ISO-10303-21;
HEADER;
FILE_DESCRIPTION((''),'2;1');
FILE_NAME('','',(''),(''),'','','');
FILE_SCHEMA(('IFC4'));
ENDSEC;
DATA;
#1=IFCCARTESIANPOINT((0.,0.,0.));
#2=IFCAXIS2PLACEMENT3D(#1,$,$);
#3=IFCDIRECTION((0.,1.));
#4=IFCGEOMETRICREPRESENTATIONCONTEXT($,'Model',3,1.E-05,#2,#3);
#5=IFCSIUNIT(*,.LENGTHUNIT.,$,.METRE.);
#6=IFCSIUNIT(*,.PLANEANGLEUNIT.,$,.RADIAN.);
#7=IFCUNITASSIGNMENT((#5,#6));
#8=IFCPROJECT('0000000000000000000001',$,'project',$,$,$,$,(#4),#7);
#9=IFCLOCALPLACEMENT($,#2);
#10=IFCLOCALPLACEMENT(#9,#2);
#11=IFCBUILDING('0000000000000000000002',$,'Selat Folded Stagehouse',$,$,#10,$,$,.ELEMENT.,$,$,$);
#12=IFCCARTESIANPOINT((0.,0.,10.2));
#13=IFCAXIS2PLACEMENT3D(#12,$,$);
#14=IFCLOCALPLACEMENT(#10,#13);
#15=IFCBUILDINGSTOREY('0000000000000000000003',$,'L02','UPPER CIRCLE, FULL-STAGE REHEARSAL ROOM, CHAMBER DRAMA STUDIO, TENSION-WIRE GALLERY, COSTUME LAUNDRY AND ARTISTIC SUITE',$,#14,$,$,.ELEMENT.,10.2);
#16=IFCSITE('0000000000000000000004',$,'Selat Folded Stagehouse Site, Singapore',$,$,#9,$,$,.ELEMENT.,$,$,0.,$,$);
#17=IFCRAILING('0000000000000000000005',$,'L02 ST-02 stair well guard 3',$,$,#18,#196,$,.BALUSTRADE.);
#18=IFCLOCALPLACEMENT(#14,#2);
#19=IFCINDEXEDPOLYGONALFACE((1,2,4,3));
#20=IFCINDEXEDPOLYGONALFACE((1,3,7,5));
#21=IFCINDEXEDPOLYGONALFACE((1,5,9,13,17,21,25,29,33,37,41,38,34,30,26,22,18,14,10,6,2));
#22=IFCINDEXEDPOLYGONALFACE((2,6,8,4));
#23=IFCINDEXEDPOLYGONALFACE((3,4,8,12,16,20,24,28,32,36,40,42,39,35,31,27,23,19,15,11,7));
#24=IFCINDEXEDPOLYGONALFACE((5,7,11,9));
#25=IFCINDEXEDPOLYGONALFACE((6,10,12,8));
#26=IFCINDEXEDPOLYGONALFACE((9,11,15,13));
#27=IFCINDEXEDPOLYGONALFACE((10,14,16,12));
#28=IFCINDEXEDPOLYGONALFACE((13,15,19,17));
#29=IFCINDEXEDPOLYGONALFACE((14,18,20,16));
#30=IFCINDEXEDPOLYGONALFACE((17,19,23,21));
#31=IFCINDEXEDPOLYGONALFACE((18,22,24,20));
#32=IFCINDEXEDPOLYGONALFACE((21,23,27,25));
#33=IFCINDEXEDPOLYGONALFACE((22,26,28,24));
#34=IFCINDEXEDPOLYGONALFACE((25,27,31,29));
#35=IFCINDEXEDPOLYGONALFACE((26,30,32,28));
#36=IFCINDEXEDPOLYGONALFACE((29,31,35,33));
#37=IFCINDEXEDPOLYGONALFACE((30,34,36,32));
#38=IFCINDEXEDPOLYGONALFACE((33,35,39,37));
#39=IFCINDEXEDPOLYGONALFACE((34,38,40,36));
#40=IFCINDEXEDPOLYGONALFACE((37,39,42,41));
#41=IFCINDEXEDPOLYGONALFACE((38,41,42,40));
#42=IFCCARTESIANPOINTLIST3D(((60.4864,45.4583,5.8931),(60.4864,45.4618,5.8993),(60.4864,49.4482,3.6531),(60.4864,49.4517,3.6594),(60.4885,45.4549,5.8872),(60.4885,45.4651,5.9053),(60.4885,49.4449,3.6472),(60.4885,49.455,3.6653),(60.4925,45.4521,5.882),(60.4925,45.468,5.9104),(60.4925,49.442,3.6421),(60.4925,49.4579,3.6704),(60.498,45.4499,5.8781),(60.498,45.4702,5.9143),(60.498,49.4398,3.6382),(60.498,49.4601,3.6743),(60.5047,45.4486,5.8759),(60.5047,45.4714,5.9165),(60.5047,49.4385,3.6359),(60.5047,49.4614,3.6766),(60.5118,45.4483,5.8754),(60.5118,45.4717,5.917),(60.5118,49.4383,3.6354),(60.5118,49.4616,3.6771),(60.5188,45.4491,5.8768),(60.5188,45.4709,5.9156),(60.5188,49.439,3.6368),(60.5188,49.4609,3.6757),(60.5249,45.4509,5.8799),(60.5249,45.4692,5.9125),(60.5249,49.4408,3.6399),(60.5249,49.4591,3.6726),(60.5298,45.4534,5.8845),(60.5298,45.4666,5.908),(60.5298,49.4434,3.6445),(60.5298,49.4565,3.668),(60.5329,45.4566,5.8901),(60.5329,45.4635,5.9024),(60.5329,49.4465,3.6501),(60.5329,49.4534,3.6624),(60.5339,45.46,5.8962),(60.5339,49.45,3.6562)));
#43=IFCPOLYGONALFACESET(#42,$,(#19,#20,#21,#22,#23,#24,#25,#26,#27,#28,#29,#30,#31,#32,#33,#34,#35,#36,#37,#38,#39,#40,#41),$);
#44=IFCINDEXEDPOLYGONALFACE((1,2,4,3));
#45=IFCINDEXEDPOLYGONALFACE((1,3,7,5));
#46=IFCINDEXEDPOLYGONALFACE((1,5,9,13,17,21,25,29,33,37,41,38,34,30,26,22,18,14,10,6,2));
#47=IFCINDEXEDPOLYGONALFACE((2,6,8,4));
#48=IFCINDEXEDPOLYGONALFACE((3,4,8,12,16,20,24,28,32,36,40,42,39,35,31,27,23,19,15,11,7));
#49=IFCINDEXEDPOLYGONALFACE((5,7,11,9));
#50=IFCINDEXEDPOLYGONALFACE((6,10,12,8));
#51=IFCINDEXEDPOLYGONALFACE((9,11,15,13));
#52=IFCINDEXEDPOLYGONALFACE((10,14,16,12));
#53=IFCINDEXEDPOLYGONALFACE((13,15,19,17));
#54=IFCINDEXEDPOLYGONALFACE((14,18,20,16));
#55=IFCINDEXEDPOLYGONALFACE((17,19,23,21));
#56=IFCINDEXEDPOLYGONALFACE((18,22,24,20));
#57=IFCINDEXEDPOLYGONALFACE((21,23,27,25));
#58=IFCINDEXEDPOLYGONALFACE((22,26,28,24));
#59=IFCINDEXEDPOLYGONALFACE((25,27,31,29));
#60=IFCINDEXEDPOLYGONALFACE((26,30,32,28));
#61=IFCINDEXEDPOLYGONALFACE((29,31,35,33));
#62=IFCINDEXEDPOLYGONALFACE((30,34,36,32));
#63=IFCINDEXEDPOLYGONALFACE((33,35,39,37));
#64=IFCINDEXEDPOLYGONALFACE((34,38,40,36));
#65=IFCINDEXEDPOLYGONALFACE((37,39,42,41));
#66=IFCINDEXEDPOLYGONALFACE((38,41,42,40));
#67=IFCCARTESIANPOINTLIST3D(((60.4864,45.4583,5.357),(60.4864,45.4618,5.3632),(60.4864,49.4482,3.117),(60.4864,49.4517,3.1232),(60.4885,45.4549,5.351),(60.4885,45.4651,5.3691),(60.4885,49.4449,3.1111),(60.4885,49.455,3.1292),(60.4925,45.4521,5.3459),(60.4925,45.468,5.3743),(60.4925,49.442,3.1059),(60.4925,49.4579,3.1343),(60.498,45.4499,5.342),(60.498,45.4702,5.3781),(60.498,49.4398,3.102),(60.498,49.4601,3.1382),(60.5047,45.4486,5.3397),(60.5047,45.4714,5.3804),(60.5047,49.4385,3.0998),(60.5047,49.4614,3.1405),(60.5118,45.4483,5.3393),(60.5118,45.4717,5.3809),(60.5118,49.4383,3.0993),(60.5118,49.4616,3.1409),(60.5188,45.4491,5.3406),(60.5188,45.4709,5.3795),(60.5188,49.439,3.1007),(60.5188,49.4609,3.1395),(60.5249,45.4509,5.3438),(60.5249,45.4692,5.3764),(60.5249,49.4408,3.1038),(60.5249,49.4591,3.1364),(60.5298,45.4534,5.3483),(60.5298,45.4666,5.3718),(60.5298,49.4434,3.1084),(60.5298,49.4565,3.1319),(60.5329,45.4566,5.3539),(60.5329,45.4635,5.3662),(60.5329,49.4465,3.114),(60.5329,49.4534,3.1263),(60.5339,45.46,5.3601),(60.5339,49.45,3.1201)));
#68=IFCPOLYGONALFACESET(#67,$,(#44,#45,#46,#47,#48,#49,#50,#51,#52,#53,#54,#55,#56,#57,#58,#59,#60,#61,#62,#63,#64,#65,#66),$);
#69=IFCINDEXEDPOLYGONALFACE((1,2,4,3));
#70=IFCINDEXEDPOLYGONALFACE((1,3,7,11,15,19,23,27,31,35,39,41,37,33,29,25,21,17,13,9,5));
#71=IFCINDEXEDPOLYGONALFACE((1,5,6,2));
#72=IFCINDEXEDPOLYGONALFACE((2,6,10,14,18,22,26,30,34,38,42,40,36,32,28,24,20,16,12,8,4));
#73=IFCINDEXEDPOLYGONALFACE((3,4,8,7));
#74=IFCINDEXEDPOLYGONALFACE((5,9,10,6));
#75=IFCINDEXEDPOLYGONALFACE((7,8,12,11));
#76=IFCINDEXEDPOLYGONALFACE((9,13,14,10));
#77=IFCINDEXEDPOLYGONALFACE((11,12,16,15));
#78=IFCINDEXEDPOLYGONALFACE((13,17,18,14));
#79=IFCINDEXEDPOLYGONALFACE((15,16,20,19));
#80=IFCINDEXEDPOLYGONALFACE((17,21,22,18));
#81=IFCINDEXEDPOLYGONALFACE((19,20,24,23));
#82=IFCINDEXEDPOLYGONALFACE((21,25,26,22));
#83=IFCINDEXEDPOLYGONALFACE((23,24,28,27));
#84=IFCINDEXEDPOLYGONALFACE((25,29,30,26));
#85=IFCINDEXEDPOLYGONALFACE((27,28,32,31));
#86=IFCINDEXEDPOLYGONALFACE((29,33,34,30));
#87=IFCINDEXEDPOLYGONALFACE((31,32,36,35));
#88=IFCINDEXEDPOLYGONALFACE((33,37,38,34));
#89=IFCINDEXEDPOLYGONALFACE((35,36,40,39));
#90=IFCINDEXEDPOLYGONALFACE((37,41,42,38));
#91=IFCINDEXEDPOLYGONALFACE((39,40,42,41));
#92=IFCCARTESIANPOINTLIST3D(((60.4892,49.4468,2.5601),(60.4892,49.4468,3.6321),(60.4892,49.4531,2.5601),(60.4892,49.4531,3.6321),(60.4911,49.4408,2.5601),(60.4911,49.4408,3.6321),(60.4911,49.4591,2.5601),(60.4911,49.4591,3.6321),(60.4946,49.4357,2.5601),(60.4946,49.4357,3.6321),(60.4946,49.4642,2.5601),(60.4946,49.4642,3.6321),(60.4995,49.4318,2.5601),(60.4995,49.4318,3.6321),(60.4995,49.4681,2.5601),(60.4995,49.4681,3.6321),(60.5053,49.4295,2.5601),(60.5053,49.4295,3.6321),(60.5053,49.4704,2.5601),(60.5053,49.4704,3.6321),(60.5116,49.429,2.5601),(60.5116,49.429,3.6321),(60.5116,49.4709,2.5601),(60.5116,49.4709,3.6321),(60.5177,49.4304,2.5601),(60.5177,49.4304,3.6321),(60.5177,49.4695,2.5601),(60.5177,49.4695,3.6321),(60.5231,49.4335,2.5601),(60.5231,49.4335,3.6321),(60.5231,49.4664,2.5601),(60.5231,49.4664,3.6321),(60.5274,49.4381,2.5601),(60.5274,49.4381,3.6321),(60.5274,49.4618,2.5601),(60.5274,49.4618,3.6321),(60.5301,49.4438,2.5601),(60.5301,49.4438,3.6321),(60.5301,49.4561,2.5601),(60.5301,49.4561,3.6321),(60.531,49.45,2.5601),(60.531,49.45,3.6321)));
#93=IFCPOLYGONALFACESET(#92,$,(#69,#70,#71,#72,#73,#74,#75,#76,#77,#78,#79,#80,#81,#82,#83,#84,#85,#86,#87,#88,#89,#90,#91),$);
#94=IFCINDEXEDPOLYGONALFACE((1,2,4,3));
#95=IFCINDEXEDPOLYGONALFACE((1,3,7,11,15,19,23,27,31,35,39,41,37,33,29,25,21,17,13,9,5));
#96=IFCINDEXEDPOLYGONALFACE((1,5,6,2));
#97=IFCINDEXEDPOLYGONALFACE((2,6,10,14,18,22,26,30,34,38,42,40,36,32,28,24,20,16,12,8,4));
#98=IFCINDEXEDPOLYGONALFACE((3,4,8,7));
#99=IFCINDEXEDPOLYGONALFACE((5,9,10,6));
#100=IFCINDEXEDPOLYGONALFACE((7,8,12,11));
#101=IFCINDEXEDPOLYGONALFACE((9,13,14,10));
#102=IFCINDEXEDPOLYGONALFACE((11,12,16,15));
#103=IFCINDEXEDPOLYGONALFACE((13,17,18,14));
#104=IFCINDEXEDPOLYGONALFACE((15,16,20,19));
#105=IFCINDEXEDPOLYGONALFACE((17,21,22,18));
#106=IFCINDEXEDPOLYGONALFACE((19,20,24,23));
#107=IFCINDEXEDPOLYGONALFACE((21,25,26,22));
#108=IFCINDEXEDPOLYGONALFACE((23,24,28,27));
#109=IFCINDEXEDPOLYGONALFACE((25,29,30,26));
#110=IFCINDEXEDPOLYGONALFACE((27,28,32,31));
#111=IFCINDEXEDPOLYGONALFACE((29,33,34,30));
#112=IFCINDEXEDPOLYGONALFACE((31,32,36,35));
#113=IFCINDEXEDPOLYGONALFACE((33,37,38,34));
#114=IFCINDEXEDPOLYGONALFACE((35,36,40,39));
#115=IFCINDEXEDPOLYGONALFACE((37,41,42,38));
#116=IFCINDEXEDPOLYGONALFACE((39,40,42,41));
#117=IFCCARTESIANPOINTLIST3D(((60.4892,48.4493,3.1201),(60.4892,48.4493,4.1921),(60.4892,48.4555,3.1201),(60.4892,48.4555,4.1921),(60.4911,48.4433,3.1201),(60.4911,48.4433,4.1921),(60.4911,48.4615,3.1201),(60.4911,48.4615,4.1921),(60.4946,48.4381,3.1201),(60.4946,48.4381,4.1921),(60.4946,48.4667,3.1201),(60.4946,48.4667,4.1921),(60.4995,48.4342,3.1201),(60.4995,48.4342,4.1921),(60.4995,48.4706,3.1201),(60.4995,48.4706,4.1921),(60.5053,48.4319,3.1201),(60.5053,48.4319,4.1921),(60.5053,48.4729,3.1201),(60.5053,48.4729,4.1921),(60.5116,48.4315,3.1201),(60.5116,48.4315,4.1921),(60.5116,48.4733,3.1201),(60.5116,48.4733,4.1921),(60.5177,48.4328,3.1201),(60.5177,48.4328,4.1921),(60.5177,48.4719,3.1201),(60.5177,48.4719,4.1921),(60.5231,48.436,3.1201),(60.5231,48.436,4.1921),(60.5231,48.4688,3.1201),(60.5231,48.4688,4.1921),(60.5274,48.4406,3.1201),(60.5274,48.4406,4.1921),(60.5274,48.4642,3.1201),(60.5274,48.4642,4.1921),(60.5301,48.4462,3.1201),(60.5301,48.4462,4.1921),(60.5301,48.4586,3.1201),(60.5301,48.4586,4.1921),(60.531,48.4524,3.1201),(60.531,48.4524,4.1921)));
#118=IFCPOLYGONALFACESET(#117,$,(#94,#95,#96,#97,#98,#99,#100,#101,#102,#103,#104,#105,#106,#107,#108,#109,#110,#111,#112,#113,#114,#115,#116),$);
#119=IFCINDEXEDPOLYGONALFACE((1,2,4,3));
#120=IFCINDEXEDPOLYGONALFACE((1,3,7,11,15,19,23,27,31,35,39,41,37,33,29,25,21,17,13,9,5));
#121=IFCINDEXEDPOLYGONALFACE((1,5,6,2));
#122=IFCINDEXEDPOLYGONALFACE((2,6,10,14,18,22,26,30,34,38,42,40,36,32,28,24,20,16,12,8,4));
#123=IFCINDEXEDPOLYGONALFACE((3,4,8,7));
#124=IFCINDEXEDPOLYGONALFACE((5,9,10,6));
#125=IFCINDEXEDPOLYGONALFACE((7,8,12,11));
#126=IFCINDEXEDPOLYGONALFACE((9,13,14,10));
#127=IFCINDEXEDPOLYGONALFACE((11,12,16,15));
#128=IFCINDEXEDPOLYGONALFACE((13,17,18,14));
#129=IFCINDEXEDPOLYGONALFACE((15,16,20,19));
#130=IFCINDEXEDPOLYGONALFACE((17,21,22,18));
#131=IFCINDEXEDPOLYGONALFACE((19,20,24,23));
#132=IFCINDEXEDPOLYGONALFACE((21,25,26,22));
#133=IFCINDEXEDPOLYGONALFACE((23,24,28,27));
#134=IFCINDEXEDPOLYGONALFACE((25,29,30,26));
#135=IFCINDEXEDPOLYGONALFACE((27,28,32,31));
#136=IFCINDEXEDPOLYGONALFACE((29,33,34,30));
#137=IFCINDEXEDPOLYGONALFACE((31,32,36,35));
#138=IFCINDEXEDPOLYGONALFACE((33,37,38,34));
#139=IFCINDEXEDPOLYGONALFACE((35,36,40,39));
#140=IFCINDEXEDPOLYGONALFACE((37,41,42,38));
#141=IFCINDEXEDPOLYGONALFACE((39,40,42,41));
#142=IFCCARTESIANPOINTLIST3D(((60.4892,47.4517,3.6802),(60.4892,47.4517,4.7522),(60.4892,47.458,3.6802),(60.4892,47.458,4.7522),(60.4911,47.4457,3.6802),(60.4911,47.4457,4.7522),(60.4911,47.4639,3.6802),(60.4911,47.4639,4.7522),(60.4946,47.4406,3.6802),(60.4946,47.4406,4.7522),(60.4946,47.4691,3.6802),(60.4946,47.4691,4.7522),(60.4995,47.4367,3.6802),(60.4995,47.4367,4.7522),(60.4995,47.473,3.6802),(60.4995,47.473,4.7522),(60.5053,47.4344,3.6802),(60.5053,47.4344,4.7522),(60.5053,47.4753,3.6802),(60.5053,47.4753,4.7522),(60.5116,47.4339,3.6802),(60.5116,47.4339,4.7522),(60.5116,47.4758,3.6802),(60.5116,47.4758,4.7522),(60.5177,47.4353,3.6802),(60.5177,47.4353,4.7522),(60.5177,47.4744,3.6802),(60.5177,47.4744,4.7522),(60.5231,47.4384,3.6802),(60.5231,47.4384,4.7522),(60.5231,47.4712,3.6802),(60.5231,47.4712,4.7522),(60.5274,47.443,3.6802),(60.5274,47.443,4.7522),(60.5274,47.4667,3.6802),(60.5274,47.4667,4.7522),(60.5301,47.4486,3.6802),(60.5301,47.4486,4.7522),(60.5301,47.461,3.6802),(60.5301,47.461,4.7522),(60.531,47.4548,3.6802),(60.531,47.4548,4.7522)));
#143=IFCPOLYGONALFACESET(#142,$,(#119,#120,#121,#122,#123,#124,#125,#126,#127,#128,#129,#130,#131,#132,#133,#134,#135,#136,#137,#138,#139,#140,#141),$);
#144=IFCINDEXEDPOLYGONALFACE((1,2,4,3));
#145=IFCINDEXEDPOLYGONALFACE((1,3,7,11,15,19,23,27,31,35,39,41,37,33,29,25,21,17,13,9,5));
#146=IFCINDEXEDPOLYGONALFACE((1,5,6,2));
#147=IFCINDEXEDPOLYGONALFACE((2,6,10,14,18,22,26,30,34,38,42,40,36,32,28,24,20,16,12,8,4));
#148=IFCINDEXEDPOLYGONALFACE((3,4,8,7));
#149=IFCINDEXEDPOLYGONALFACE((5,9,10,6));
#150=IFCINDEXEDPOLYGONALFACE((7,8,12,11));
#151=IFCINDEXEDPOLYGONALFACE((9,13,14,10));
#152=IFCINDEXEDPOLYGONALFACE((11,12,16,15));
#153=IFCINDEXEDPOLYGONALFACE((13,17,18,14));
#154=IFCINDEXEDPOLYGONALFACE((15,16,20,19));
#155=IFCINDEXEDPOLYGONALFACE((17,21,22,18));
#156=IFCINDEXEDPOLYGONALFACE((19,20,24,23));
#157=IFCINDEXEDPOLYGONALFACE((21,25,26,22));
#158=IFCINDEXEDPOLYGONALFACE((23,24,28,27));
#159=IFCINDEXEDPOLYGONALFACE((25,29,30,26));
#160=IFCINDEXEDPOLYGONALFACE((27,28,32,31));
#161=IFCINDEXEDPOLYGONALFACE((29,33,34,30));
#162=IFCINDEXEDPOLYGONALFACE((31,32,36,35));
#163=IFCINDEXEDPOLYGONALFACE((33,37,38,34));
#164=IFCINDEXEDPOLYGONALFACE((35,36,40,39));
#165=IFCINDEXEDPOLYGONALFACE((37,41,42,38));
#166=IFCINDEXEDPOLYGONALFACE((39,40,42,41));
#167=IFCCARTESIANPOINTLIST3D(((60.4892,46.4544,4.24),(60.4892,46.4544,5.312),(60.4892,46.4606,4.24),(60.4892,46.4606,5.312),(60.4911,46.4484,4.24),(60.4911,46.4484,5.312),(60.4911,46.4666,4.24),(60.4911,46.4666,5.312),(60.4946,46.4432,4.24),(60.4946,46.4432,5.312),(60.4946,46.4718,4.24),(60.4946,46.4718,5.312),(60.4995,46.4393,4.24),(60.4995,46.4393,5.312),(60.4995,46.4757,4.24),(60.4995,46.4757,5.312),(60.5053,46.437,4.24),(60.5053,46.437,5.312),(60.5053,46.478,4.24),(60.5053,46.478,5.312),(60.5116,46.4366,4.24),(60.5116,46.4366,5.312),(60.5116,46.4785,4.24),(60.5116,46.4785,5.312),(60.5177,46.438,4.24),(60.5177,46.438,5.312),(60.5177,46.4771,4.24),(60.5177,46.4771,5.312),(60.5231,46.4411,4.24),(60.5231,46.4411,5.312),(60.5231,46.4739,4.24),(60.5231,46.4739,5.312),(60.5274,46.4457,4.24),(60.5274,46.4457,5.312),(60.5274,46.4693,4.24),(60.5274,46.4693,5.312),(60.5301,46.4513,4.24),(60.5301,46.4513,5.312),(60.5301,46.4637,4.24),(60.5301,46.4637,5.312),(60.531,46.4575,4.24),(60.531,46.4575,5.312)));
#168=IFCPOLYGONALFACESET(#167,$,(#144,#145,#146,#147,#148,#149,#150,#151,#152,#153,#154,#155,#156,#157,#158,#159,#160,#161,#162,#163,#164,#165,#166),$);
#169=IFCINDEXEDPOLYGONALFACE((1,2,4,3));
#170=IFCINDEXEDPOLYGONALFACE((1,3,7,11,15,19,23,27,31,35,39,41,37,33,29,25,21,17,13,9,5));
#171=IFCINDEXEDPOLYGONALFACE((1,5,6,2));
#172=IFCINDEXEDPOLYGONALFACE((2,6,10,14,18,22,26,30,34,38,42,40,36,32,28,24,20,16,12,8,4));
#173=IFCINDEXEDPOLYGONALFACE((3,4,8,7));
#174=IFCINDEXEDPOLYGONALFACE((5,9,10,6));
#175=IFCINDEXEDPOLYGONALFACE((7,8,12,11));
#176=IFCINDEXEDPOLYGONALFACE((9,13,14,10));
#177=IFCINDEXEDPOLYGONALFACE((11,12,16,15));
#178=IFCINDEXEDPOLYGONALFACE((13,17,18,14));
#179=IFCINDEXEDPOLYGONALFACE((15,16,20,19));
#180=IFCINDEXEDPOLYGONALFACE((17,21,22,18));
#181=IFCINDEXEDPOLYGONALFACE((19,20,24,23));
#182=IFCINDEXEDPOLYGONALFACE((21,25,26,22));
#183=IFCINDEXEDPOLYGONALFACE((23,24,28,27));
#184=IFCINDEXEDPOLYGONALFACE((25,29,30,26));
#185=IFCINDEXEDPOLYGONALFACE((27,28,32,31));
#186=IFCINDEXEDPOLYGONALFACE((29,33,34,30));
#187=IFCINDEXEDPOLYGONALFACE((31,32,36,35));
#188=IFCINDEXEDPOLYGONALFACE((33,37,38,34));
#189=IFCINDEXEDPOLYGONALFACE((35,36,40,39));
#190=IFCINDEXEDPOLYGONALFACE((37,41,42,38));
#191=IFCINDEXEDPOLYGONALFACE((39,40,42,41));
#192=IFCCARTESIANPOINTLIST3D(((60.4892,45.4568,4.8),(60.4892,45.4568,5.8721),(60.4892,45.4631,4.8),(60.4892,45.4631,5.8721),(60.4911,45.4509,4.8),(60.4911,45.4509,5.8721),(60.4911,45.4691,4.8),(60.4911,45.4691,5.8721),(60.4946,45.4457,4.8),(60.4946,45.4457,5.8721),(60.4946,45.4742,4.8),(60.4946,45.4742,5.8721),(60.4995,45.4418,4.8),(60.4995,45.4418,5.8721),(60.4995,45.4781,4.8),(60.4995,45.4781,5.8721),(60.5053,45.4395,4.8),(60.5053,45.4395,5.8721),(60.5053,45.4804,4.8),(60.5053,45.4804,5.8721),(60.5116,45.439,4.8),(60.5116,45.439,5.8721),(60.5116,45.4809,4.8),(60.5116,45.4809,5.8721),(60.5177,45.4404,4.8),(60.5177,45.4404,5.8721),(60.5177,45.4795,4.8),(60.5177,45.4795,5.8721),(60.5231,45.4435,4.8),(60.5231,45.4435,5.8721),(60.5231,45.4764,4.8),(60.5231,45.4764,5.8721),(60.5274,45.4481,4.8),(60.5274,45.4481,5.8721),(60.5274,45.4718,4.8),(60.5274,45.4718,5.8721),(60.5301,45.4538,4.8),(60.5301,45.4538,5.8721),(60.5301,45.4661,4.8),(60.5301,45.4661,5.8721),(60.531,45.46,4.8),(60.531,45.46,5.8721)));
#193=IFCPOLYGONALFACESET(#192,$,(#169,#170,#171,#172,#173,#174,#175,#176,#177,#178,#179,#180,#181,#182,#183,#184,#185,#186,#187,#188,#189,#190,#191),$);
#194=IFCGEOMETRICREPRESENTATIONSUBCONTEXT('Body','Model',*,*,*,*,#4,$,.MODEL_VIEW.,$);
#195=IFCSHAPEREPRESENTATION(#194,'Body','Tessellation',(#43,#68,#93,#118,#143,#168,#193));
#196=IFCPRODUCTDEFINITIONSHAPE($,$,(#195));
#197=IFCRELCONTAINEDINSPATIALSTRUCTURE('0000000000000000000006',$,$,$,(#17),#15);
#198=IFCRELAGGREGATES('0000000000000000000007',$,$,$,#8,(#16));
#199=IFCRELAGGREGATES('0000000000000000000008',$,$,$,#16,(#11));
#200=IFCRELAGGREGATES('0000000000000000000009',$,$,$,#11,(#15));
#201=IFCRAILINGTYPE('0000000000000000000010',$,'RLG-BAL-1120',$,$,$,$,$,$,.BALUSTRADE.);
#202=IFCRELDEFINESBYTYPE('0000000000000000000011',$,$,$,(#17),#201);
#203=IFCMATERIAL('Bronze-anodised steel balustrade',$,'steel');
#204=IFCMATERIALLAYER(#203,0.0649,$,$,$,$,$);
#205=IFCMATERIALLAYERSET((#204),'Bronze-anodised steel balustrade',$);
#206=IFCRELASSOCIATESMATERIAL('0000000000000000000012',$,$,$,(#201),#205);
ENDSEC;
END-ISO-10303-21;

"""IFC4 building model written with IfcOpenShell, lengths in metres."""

from ifc_helpers import new_model, si_unit, direction, frame, origin, origin_2d, place, context, subcontext, project, spatial, circle, extrude, material, layer, layer_set, type_object, element, save


model = new_model("IFC4")

# Units and contexts
model_context = context("Model", 3, precision=1e-05, world=origin(), true_north=direction((0.0, 1.0)))
body_context = subcontext(model_context, "Body", "Model", "MODEL_VIEW")
ifc_project = project(units=[si_unit("LENGTHUNIT", "METRE"), si_unit("PLANEANGLEUNIT", "RADIAN")], contexts=[model_context])

# Site, building, storey
site_placement = place(None, origin())
site = spatial("IfcSite", under=ifc_project, at=site_placement, Name="Selat Folded Stagehouse Site, Singapore", CompositionType="ELEMENT", RefElevation=0.0)
building_placement = place(site_placement, origin())
building = spatial("IfcBuilding", under=site, at=building_placement, Name="Selat Folded Stagehouse", CompositionType="ELEMENT")
storey_placement = place(building_placement, frame((0.0, 0.0, 10.2)))
storey = spatial("IfcBuildingStorey", under=building, at=storey_placement, Name="L02", Description="UPPER CIRCLE, FULL-STAGE REHEARSAL ROOM, CHAMBER DRAMA STUDIO, TENSION-WIRE GALLERY, COSTUME LAUNDRY AND ARTISTIC SUITE", CompositionType="ELEMENT", Elevation=10.2)

# Railing
ifc_material_1 = material(Name="Bronze-anodised steel balustrade", Category="steel")
ifc_layer_1 = layer(ifc_material_1, 0.0649)
ifc_layer_set_1 = layer_set([ifc_layer_1], Name="Bronze-anodised steel balustrade")
railing_type = type_object("IfcRailingType", Name="RLG-BAL-1120", PredefinedType="BALUSTRADE", material=ifc_layer_set_1)
railing_1_placement = place(storey_placement, frame((60.51, 49.45, 2.5601)))
element("IfcRailing", 1, at=railing_1_placement, inside=storey, type_object=railing_type, Name="L02 ST-02 stair well guard 3", PredefinedType="BALUSTRADE", context=body_context, shape_type="SweptSolid", body=[
    extrude(circle(Radius=0.0239, at=origin_2d()), frame((0.0, 0.0, 1.0962), z_axis=(0.0, -0.871984, 0.489534), x_axis=(1.0, 0.0, 0.0)), (0.0, 0.0, 1.0), 4.5757),
    extrude(circle(Radius=0.0239, at=origin_2d()), frame((0.0, 0.0, 0.5601), z_axis=(0.0, -0.871984, 0.489534), x_axis=(1.0, 0.0, 0.0)), (0.0, 0.0, 1.0), 4.5757),
    extrude(circle(Radius=0.021, at=origin_2d()), origin(), (0.0, 0.0, 1.0), 1.072),
    extrude(circle(Radius=0.021, at=origin_2d()), frame((0.0, -0.9976, 0.5601)), (0.0, 0.0, 1.0), 1.072),
    extrude(circle(Radius=0.021, at=origin_2d()), frame((0.0, -1.9951, 1.1201)), (0.0, 0.0, 1.0), 1.072),
    extrude(circle(Radius=0.021, at=origin_2d()), frame((0.0, -2.9924, 1.6799)), (0.0, 0.0, 1.0), 1.072),
    extrude(circle(Radius=0.021, at=origin_2d()), frame((0.0, -3.99, 2.24)), (0.0, 0.0, 1.0), 1.072),
])

save(model, "model.ifc")
